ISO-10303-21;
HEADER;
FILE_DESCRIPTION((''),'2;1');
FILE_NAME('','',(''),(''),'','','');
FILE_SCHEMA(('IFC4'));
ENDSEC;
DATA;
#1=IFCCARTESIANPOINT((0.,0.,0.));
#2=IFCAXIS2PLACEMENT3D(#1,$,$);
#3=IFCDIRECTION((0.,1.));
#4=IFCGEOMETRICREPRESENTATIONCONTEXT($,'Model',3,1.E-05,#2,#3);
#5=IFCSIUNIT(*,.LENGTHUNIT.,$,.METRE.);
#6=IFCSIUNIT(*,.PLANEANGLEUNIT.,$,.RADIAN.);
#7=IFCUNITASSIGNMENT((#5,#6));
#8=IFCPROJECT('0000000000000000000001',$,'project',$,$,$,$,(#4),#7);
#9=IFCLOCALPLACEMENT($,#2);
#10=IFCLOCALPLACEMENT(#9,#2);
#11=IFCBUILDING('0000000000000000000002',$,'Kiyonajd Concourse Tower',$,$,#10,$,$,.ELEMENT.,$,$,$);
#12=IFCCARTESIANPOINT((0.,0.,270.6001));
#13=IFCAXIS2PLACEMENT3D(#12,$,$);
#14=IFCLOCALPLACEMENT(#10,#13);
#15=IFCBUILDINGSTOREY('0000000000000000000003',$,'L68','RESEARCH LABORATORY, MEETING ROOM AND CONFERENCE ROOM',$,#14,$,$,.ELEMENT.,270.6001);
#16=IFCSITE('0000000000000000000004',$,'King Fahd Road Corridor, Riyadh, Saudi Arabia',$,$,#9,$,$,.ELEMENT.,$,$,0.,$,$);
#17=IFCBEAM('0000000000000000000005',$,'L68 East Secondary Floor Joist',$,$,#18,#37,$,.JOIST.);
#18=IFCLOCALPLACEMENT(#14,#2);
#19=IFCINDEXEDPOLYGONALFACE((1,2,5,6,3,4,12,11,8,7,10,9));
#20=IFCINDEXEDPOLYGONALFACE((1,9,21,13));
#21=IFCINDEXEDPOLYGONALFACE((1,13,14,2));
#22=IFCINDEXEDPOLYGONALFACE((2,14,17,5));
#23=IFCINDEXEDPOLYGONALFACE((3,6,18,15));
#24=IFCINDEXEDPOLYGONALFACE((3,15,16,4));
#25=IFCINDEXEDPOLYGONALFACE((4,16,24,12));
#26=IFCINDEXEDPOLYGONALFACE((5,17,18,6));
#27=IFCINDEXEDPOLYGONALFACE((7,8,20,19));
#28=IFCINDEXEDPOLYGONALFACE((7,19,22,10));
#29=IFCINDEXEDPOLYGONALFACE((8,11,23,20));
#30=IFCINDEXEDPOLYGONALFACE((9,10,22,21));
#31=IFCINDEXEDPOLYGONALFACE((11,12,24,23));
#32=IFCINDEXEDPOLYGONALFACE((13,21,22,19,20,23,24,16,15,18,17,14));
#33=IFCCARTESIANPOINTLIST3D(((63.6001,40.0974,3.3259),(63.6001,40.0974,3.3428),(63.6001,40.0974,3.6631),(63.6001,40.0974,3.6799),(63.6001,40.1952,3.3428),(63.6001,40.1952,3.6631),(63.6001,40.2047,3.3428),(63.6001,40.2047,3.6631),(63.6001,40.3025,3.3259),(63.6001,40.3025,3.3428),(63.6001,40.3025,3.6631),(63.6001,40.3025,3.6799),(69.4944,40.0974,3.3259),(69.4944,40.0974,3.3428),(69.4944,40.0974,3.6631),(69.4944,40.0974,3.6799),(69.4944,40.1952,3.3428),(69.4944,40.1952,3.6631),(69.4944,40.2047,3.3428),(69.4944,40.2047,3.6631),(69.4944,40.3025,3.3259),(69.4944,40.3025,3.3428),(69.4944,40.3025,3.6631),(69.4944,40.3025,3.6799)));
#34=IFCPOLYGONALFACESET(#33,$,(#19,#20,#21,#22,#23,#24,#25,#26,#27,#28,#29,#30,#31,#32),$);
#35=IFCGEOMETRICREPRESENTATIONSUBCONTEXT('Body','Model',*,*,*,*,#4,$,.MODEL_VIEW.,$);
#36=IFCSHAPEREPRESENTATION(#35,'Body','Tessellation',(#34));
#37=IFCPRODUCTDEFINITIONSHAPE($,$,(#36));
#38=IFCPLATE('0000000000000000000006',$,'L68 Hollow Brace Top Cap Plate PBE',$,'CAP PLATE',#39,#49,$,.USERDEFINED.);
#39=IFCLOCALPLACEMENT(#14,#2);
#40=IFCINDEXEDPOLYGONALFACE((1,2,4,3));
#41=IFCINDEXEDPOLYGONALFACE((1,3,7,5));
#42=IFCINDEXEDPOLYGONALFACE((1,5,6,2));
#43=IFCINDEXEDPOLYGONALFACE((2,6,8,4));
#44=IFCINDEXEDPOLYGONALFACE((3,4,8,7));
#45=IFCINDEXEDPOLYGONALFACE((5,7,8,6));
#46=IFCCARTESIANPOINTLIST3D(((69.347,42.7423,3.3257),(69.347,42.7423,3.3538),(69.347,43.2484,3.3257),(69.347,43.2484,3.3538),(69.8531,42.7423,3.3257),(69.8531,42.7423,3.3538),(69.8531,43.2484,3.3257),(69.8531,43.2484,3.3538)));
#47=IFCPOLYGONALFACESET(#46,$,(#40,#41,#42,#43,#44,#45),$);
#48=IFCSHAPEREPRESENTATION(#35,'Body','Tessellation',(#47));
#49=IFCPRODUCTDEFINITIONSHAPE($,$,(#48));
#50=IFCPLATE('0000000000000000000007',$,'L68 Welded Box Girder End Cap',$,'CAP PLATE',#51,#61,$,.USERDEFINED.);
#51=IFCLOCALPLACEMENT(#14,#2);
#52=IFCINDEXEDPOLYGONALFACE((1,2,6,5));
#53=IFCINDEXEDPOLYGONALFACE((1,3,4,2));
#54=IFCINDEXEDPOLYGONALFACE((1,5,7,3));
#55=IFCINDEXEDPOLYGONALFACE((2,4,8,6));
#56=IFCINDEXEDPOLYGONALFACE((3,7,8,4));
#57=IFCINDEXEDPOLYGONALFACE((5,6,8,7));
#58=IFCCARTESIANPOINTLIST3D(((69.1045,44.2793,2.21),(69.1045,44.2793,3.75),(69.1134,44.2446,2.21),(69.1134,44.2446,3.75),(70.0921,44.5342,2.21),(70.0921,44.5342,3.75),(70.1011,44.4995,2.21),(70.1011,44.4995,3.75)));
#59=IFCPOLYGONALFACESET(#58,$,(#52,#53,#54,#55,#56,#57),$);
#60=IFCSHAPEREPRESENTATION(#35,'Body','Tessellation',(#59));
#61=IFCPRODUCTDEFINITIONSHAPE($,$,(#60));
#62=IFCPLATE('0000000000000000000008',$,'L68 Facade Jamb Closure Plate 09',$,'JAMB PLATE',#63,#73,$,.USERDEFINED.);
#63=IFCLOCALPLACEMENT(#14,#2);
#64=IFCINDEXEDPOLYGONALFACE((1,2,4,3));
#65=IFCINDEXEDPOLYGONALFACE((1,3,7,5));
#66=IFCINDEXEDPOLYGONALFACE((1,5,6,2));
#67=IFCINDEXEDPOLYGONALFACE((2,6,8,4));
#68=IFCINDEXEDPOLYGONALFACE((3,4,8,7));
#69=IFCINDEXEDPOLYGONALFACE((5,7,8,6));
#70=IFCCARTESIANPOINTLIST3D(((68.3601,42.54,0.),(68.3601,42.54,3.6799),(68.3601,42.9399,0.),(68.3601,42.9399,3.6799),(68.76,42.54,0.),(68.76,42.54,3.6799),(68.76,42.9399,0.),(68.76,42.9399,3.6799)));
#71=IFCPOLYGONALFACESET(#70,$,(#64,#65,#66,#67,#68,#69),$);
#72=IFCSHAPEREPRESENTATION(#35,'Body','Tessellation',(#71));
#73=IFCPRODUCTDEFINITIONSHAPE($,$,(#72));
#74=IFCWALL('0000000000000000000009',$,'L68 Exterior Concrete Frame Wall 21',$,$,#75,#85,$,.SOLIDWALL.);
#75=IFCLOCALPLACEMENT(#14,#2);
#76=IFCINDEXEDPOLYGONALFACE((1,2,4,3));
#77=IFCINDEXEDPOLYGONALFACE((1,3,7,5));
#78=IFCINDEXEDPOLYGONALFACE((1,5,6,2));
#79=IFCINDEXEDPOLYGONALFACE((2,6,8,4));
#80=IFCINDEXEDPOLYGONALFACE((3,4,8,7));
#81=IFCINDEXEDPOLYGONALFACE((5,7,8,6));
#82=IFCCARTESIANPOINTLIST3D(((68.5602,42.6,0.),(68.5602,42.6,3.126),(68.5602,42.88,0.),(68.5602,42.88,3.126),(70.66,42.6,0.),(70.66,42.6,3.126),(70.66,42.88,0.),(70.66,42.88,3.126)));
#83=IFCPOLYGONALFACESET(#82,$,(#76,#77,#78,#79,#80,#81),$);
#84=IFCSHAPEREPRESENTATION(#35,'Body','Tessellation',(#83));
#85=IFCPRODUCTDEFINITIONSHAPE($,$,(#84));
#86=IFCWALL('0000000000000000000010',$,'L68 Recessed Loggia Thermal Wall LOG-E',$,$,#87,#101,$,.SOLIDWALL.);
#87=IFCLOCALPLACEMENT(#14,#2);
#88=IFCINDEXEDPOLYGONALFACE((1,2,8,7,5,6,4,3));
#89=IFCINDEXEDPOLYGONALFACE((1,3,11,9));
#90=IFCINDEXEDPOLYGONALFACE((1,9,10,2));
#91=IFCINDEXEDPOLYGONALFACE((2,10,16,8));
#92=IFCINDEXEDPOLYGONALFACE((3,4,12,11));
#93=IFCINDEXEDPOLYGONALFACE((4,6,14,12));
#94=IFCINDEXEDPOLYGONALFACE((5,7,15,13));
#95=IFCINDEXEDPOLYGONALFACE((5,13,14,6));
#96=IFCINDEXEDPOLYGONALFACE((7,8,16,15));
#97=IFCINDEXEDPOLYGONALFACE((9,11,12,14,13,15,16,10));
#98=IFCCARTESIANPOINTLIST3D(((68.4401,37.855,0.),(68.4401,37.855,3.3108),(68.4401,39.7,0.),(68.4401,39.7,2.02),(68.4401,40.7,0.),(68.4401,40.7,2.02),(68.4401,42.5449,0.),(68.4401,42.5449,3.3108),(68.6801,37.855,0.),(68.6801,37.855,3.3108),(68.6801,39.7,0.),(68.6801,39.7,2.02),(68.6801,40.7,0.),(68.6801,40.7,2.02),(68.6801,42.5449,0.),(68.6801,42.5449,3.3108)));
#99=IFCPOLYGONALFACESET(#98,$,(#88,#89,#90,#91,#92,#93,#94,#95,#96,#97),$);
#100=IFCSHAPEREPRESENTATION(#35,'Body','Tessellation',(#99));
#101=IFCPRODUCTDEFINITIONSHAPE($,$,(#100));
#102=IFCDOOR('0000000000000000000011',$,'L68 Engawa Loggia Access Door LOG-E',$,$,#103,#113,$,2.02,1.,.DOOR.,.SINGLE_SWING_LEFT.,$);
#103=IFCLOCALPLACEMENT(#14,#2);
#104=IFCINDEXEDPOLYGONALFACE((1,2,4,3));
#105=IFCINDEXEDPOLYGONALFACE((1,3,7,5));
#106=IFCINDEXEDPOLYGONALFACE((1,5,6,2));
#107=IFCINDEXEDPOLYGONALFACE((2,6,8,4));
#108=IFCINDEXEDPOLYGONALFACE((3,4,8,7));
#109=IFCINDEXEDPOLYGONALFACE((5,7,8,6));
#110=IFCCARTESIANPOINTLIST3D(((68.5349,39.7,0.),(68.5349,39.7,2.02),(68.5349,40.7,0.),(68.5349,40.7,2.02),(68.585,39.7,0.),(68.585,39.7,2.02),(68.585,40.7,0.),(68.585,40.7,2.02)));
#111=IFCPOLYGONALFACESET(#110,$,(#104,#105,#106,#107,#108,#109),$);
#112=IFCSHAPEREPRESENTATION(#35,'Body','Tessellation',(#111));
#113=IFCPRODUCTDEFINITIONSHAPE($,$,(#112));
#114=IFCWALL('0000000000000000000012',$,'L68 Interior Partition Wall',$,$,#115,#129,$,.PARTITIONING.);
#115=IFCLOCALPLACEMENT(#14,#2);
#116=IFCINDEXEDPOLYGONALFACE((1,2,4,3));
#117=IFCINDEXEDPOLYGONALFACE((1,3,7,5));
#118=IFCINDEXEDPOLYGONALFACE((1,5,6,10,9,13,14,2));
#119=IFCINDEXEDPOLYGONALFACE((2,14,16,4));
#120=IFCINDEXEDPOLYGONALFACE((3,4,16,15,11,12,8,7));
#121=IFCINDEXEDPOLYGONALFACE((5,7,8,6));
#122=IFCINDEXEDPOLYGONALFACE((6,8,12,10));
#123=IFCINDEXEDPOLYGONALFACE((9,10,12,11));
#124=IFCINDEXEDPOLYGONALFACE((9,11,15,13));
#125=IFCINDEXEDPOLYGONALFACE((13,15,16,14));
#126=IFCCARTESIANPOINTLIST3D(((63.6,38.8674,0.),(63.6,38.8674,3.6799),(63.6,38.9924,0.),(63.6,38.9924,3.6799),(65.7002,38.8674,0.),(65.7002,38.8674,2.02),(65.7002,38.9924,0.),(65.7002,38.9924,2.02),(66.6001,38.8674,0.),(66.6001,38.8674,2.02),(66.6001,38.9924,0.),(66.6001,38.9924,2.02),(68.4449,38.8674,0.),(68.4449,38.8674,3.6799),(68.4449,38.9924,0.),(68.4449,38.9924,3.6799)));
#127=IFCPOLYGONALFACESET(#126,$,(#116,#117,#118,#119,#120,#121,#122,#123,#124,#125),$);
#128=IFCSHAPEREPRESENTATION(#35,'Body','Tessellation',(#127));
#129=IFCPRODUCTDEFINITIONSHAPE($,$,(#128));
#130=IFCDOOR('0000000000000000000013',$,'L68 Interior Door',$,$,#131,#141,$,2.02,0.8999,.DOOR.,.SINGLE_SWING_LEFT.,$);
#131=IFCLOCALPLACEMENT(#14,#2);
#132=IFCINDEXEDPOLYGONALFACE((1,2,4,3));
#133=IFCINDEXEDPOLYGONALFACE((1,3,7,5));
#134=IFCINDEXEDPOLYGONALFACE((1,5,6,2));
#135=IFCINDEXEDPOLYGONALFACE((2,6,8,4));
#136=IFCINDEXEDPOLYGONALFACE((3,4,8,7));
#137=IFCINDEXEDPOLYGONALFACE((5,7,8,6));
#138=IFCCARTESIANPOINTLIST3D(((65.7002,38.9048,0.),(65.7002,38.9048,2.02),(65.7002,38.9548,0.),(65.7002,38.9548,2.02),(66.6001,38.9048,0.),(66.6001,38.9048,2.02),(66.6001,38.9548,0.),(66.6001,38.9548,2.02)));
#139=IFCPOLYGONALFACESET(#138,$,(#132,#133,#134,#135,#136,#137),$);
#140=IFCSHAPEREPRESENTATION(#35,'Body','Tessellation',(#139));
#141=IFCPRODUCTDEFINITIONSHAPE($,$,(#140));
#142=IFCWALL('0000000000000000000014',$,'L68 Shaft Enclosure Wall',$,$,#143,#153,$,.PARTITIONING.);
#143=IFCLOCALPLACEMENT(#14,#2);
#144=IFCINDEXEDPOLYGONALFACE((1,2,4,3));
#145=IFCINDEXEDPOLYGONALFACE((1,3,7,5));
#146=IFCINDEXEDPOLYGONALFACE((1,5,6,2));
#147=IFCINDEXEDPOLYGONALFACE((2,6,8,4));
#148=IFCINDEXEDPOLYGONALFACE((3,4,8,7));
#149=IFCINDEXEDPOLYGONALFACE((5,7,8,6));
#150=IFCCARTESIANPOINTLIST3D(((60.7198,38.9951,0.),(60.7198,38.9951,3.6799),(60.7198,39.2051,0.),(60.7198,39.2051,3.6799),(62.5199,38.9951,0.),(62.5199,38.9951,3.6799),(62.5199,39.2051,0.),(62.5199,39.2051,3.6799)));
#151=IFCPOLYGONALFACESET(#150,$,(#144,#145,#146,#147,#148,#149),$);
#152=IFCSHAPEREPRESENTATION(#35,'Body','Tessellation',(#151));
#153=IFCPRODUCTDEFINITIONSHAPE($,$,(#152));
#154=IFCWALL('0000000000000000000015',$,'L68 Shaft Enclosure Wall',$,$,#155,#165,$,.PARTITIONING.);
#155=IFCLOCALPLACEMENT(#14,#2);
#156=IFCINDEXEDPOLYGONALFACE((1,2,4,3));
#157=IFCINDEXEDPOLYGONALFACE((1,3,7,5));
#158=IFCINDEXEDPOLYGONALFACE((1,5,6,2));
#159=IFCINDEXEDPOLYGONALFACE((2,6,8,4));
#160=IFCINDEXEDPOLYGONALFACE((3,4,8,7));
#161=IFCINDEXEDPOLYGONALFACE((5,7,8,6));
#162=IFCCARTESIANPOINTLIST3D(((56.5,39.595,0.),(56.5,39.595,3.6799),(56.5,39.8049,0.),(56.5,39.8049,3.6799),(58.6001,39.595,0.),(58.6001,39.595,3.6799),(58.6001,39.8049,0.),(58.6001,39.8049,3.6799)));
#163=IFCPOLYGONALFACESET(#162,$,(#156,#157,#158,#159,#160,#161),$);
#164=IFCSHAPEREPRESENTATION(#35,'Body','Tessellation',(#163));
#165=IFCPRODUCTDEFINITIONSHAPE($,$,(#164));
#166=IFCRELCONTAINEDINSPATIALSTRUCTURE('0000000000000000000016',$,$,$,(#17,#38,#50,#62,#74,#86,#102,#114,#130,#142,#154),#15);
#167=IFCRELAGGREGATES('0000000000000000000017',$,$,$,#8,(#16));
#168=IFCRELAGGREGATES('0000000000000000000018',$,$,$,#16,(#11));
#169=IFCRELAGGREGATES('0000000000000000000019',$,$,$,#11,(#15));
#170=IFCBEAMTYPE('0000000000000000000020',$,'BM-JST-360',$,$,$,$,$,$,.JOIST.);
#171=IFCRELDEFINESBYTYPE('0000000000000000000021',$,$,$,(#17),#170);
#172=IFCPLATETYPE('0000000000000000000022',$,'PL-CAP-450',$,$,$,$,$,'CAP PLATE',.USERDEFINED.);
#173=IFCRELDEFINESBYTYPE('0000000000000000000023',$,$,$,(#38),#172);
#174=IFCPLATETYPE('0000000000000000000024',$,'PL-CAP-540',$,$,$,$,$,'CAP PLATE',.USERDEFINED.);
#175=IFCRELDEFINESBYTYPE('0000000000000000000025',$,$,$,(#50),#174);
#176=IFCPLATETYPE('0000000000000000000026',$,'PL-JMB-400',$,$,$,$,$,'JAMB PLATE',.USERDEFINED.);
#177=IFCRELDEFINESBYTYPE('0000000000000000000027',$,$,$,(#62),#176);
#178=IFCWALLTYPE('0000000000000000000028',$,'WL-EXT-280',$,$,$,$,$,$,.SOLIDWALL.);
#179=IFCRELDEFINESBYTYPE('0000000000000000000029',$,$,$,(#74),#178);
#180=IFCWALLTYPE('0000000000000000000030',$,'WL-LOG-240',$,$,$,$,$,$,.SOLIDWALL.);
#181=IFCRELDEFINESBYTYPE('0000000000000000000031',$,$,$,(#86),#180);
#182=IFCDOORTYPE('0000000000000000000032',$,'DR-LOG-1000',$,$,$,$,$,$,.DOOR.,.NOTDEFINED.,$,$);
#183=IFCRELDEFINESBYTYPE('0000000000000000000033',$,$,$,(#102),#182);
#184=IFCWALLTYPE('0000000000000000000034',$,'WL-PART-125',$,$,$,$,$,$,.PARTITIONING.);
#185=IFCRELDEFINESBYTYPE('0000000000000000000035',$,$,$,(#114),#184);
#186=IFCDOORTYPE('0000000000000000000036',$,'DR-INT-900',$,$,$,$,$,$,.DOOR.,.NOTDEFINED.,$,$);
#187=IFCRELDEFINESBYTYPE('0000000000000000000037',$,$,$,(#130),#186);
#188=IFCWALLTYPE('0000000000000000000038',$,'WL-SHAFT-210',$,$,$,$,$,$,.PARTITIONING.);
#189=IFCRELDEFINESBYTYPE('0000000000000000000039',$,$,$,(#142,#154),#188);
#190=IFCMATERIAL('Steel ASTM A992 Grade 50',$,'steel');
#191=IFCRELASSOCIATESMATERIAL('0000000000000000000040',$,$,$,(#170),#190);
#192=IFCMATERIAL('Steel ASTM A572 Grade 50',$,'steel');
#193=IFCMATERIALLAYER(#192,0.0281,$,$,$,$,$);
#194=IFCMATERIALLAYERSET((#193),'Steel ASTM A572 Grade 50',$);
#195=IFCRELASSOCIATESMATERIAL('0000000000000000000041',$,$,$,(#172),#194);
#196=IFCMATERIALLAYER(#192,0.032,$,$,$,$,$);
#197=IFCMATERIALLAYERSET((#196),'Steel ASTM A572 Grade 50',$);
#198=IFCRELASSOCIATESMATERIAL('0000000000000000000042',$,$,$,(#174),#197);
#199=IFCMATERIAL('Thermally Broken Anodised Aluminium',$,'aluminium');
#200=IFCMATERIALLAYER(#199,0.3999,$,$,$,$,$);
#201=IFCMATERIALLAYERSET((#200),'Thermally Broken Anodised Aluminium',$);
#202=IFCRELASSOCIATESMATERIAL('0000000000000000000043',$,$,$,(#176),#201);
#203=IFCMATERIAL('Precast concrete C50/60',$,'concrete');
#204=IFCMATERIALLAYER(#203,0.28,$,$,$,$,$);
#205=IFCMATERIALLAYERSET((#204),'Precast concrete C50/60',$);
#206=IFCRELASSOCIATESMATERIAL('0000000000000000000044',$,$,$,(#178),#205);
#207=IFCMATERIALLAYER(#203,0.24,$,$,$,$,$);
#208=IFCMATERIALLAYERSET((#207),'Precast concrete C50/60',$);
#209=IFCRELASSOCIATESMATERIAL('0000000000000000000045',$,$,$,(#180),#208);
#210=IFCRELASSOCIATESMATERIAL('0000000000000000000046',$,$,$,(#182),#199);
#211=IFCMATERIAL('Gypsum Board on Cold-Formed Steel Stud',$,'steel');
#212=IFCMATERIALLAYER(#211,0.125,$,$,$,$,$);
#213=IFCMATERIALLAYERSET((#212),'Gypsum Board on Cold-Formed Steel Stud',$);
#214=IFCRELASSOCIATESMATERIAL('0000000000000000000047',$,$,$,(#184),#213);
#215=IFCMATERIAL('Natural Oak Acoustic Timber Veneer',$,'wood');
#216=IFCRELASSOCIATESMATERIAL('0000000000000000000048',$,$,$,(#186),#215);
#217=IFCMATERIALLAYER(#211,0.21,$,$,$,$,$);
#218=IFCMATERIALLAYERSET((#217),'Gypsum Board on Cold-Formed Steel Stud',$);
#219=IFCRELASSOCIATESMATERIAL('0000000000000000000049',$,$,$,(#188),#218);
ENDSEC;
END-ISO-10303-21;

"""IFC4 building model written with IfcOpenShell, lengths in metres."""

from ifc_helpers import new_model, si_unit, direction, frame, frame_2d, origin, origin_2d, place, context, subcontext, project, spatial, rectangle, i_section, extrude, material, layer, layer_set, material_profile, profile_set, type_object, element, fill, save


model = new_model("IFC4")

# Units and contexts
model_context = context("Model", 3, precision=1e-05, world=origin(), true_north=direction((0.0, 1.0)))
body_context = subcontext(model_context, "Body", "Model", "MODEL_VIEW")
ifc_project = project(units=[si_unit("LENGTHUNIT", "METRE"), si_unit("PLANEANGLEUNIT", "RADIAN")], contexts=[model_context])

# Site, building, storey
site_placement = place(None, origin())
site = spatial("IfcSite", under=ifc_project, at=site_placement, Name="King Fahd Road Corridor, Riyadh, Saudi Arabia", CompositionType="ELEMENT", RefElevation=0.0)
building_placement = place(site_placement, origin())
building = spatial("IfcBuilding", under=site, at=building_placement, Name="Kiyonajd Concourse Tower", CompositionType="ELEMENT")
storey_placement = place(building_placement, frame((0.0, 0.0, 270.6001)))
storey = spatial("IfcBuildingStorey", under=building, at=storey_placement, Name="L68", Description="RESEARCH LABORATORY, MEETING ROOM AND CONFERENCE ROOM", CompositionType="ELEMENT", Elevation=270.6001)

# Beam
ifc_material_1 = material(Name="Steel ASTM A992 Grade 50", Category="steel")
ifc_material_profile = material_profile(ifc_material_1, i_section(OverallWidth=0.2051, OverallDepth=0.354, WebThickness=0.0095, FlangeThickness=0.0168, at=origin_2d()), Name="W360X79")
ifc_profile_set = profile_set([ifc_material_profile], Name="Steel ASTM A992 Grade 50")
beam_type = type_object("IfcBeamType", Name="BM-JST-360", PredefinedType="JOIST", material=ifc_profile_set)
beam_placement = place(storey_placement, frame((63.6001, 40.2, 3.5029), z_axis=(1.0, 0.0, 0.0), x_axis=(0.0, 1.0, 0.0)))
element("IfcBeam", 1, at=beam_placement, inside=storey, type_object=beam_type, Name="L68 East Secondary Floor Joist", PredefinedType="JOIST", context=body_context, shape_type="SweptSolid", body=[
    extrude(i_section(OverallWidth=0.2051, OverallDepth=0.354, WebThickness=0.0095, FlangeThickness=0.0168, at=origin_2d()), origin(), (0.0, 0.0, 1.0), 5.8943),
])

# Plates
ifc_material_2 = material(Name="Steel ASTM A572 Grade 50", Category="steel")
ifc_layer_1 = layer(ifc_material_2, 0.0281)
ifc_layer_set_1 = layer_set([ifc_layer_1], Name="Steel ASTM A572 Grade 50")
plate_type_1 = type_object("IfcPlateType", Name="PL-CAP-450", ElementType="CAP PLATE", PredefinedType="USERDEFINED", material=ifc_layer_set_1)
plate_1_placement = place(storey_placement, frame((69.6001, 42.9954, 3.3257), z_axis=(0.0, 0.0, 1.0), x_axis=(1.0, 0.0, 0.0)))
element("IfcPlate", 2, at=plate_1_placement, inside=storey, type_object=plate_type_1, Name="L68 Hollow Brace Top Cap Plate PBE", ObjectType="CAP PLATE", PredefinedType="USERDEFINED", context=body_context, shape_type="SweptSolid", body=[
    extrude(rectangle(XDim=0.5061, YDim=0.5061, at=origin_2d()), origin(), (0.0, 0.0, 1.0), 0.0281),
])
ifc_layer_2 = layer(ifc_material_2, 0.032)
ifc_layer_set_2 = layer_set([ifc_layer_2], Name="Steel ASTM A572 Grade 50")
plate_type_2 = type_object("IfcPlateType", Name="PL-CAP-540", ElementType="CAP PLATE", PredefinedType="USERDEFINED", material=ifc_layer_set_2)
plate_2_placement = place(storey_placement, frame((69.6028, 44.3894, 2.21), z_axis=(0.0, 0.0, 1.0), x_axis=(0.249873, -0.968279, 0.0)))
element("IfcPlate", 3, at=plate_2_placement, inside=storey, type_object=plate_type_2, Name="L68 Welded Box Girder End Cap", ObjectType="CAP PLATE", PredefinedType="USERDEFINED", context=body_context, shape_type="SweptSolid", body=[
    extrude(rectangle(XDim=0.0359, YDim=1.02, at=origin_2d()), origin(), (0.0, 0.0, 1.0), 1.54),
])
ifc_material_3 = material(Name="Thermally Broken Anodised Aluminium", Category="aluminium")
ifc_layer_3 = layer(ifc_material_3, 0.3999)
ifc_layer_set_3 = layer_set([ifc_layer_3], Name="Thermally Broken Anodised Aluminium")
plate_type_3 = type_object("IfcPlateType", Name="PL-JMB-400", ElementType="JAMB PLATE", PredefinedType="USERDEFINED", material=ifc_layer_set_3)
plate_3_placement = place(storey_placement, frame((68.5601, 42.74, 0.0), z_axis=(0.0, 0.0, 1.0), x_axis=(1.0, 0.0, 0.0)))
element("IfcPlate", 4, at=plate_3_placement, inside=storey, type_object=plate_type_3, Name="L68 Facade Jamb Closure Plate 09", ObjectType="JAMB PLATE", PredefinedType="USERDEFINED", context=body_context, shape_type="SweptSolid", body=[
    extrude(rectangle(XDim=0.3999, YDim=0.3999, at=origin_2d()), origin(), (0.0, 0.0, 1.0), 3.6799),
])

# Wall
ifc_material_4 = material(Name="Precast concrete C50/60", Category="concrete")
ifc_layer_4 = layer(ifc_material_4, 0.28)
ifc_layer_set_4 = layer_set([ifc_layer_4], Name="Precast concrete C50/60")
wall_type_1 = type_object("IfcWallType", Name="WL-EXT-280", PredefinedType="SOLIDWALL", material=ifc_layer_set_4)
wall_1_placement = place(storey_placement, frame((70.6599, 42.74, 0.0), z_axis=(0.0, 0.0, 1.0), x_axis=(-1.0, 0.0, 0.0)))
element("IfcWall", 5, at=wall_1_placement, inside=storey, type_object=wall_type_1, Name="L68 Exterior Concrete Frame Wall 21", PredefinedType="SOLIDWALL", context=body_context, shape_type="SweptSolid", body=[
    extrude(rectangle(XDim=2.0999, YDim=0.28, at=frame_2d((1.0498, 0.0))), origin(), (0.0, 0.0, 1.0), 3.126),
])

# Walls, openings, doors
ifc_layer_5 = layer(ifc_material_4, 0.24)
ifc_layer_set_5 = layer_set([ifc_layer_5], Name="Precast concrete C50/60")
wall_type_2 = type_object("IfcWallType", Name="WL-LOG-240", PredefinedType="SOLIDWALL", material=ifc_layer_set_5)
wall_2_placement = place(storey_placement, frame((68.5601, 42.5449, 0.0), z_axis=(0.0, 0.0, 1.0), x_axis=(0.0, -1.0, 0.0)))
wall_2 = element("IfcWall", 6, at=wall_2_placement, inside=storey, type_object=wall_type_2, Name="L68 Recessed Loggia Thermal Wall LOG-E", PredefinedType="SOLIDWALL", context=body_context, shape_type="SweptSolid", body=[
    extrude(rectangle(XDim=4.6899, YDim=0.24, at=frame_2d((2.345, 0.0))), origin(), (0.0, 0.0, 1.0), 3.3108),
])
opening_1_placement = place(wall_2_placement, frame((1.845, 0.0, 0.0)))
opening_1 = element("IfcOpeningElement", 7, at=opening_1_placement, cuts=wall_2, PredefinedType="OPENING", context=body_context, shape_type="SweptSolid", body=[
    extrude(rectangle(XDim=1.0, YDim=2.02, at=frame_2d((0.5, 1.01))), frame((0.0, 0.1299, 0.0), z_axis=(0.0, -1.0, 0.0), x_axis=(1.0, 0.0, 0.0)), (0.0, 0.0, 1.0), 0.26),
])
door_type_1 = type_object("IfcDoorType", Name="DR-LOG-1000", OperationType="NOTDEFINED", PredefinedType="DOOR", material=ifc_material_3)
door_1_placement = place(opening_1_placement, origin())
door_1 = element("IfcDoor", 8, at=door_1_placement, inside=storey, type_object=door_type_1, Name="L68 Engawa Loggia Access Door LOG-E", OperationType="SINGLE_SWING_LEFT", OverallHeight=2.02, OverallWidth=1.0, PredefinedType="DOOR", context=body_context, shape_type="SweptSolid", body=[
    extrude(rectangle(XDim=1.0, YDim=2.02, at=frame_2d((0.5, 1.01))), frame((0.0, 0.0249, 0.0), z_axis=(0.0, -1.0, 0.0), x_axis=(1.0, 0.0, 0.0)), (0.0, 0.0, 1.0), 0.05),
])
fill(opening_1, door_1)
ifc_material_5 = material(Name="Gypsum Board on Cold-Formed Steel Stud", Category="steel")
ifc_layer_6 = layer(ifc_material_5, 0.125)
ifc_layer_set_6 = layer_set([ifc_layer_6], Name="Gypsum Board on Cold-Formed Steel Stud")
wall_type_3 = type_object("IfcWallType", Name="WL-PART-125", PredefinedType="PARTITIONING", material=ifc_layer_set_6)
wall_3_placement = place(storey_placement, frame((63.6001, 38.9299, 0.0), z_axis=(0.0, 0.0, 1.0), x_axis=(1.0, 0.0, 0.0)))
wall_3 = element("IfcWall", 9, at=wall_3_placement, inside=storey, type_object=wall_type_3, Name="L68 Interior Partition Wall", PredefinedType="PARTITIONING", context=body_context, shape_type="SweptSolid", body=[
    extrude(rectangle(XDim=4.845, YDim=0.125, at=frame_2d((2.4224, 0.0))), origin(), (0.0, 0.0, 1.0), 3.6799),
])
opening_2_placement = place(wall_3_placement, frame((2.1001, 0.0, 0.0)))
opening_2 = element("IfcOpeningElement", 10, at=opening_2_placement, cuts=wall_3, PredefinedType="OPENING", context=body_context, shape_type="SweptSolid", body=[
    extrude(rectangle(XDim=0.8999, YDim=2.02, at=frame_2d((0.45, 1.01))), frame((0.0, 0.0725, 0.0), z_axis=(0.0, -1.0, 0.0), x_axis=(1.0, 0.0, 0.0)), (0.0, 0.0, 1.0), 0.145),
])
ifc_material_6 = material(Name="Natural Oak Acoustic Timber Veneer", Category="wood")
door_type_2 = type_object("IfcDoorType", Name="DR-INT-900", OperationType="NOTDEFINED", PredefinedType="DOOR", material=ifc_material_6)
door_2_placement = place(opening_2_placement, origin())
door_2 = element("IfcDoor", 11, at=door_2_placement, inside=storey, type_object=door_type_2, Name="L68 Interior Door", OperationType="SINGLE_SWING_LEFT", OverallHeight=2.02, OverallWidth=0.8999, PredefinedType="DOOR", context=body_context, shape_type="SweptSolid", body=[
    extrude(rectangle(XDim=0.8999, YDim=2.02, at=frame_2d((0.45, 1.01))), frame((0.0, 0.0249, 0.0), z_axis=(0.0, -1.0, 0.0), x_axis=(1.0, 0.0, 0.0)), (0.0, 0.0, 1.0), 0.05),
])
fill(opening_2, door_2)

# Walls
ifc_layer_7 = layer(ifc_material_5, 0.21)
ifc_layer_set_7 = layer_set([ifc_layer_7], Name="Gypsum Board on Cold-Formed Steel Stud")
wall_type_4 = type_object("IfcWallType", Name="WL-SHAFT-210", PredefinedType="PARTITIONING", material=ifc_layer_set_7)
wall_4_placement = place(storey_placement, frame((60.72, 39.1001, 0.0), z_axis=(0.0, 0.0, 1.0), x_axis=(1.0, 0.0, 0.0)))
element("IfcWall", 12, at=wall_4_placement, inside=storey, type_object=wall_type_4, Name="L68 Shaft Enclosure Wall", PredefinedType="PARTITIONING", context=body_context, shape_type="SweptSolid", body=[
    extrude(rectangle(XDim=1.8, YDim=0.21, at=frame_2d((0.8999, 0.0))), origin(), (0.0, 0.0, 1.0), 3.6799),
])
wall_5_placement = place(storey_placement, frame((56.5, 39.7, 0.0), z_axis=(0.0, 0.0, 1.0), x_axis=(1.0, 0.0, 0.0)))
element("IfcWall", 13, at=wall_5_placement, inside=storey, type_object=wall_type_4, Name="L68 Shaft Enclosure Wall", PredefinedType="PARTITIONING", context=body_context, shape_type="SweptSolid", body=[
    extrude(rectangle(XDim=2.1001, YDim=0.21, at=frame_2d((1.05, 0.0))), origin(), (0.0, 0.0, 1.0), 3.6799),
])

save(model, "model.ifc")
